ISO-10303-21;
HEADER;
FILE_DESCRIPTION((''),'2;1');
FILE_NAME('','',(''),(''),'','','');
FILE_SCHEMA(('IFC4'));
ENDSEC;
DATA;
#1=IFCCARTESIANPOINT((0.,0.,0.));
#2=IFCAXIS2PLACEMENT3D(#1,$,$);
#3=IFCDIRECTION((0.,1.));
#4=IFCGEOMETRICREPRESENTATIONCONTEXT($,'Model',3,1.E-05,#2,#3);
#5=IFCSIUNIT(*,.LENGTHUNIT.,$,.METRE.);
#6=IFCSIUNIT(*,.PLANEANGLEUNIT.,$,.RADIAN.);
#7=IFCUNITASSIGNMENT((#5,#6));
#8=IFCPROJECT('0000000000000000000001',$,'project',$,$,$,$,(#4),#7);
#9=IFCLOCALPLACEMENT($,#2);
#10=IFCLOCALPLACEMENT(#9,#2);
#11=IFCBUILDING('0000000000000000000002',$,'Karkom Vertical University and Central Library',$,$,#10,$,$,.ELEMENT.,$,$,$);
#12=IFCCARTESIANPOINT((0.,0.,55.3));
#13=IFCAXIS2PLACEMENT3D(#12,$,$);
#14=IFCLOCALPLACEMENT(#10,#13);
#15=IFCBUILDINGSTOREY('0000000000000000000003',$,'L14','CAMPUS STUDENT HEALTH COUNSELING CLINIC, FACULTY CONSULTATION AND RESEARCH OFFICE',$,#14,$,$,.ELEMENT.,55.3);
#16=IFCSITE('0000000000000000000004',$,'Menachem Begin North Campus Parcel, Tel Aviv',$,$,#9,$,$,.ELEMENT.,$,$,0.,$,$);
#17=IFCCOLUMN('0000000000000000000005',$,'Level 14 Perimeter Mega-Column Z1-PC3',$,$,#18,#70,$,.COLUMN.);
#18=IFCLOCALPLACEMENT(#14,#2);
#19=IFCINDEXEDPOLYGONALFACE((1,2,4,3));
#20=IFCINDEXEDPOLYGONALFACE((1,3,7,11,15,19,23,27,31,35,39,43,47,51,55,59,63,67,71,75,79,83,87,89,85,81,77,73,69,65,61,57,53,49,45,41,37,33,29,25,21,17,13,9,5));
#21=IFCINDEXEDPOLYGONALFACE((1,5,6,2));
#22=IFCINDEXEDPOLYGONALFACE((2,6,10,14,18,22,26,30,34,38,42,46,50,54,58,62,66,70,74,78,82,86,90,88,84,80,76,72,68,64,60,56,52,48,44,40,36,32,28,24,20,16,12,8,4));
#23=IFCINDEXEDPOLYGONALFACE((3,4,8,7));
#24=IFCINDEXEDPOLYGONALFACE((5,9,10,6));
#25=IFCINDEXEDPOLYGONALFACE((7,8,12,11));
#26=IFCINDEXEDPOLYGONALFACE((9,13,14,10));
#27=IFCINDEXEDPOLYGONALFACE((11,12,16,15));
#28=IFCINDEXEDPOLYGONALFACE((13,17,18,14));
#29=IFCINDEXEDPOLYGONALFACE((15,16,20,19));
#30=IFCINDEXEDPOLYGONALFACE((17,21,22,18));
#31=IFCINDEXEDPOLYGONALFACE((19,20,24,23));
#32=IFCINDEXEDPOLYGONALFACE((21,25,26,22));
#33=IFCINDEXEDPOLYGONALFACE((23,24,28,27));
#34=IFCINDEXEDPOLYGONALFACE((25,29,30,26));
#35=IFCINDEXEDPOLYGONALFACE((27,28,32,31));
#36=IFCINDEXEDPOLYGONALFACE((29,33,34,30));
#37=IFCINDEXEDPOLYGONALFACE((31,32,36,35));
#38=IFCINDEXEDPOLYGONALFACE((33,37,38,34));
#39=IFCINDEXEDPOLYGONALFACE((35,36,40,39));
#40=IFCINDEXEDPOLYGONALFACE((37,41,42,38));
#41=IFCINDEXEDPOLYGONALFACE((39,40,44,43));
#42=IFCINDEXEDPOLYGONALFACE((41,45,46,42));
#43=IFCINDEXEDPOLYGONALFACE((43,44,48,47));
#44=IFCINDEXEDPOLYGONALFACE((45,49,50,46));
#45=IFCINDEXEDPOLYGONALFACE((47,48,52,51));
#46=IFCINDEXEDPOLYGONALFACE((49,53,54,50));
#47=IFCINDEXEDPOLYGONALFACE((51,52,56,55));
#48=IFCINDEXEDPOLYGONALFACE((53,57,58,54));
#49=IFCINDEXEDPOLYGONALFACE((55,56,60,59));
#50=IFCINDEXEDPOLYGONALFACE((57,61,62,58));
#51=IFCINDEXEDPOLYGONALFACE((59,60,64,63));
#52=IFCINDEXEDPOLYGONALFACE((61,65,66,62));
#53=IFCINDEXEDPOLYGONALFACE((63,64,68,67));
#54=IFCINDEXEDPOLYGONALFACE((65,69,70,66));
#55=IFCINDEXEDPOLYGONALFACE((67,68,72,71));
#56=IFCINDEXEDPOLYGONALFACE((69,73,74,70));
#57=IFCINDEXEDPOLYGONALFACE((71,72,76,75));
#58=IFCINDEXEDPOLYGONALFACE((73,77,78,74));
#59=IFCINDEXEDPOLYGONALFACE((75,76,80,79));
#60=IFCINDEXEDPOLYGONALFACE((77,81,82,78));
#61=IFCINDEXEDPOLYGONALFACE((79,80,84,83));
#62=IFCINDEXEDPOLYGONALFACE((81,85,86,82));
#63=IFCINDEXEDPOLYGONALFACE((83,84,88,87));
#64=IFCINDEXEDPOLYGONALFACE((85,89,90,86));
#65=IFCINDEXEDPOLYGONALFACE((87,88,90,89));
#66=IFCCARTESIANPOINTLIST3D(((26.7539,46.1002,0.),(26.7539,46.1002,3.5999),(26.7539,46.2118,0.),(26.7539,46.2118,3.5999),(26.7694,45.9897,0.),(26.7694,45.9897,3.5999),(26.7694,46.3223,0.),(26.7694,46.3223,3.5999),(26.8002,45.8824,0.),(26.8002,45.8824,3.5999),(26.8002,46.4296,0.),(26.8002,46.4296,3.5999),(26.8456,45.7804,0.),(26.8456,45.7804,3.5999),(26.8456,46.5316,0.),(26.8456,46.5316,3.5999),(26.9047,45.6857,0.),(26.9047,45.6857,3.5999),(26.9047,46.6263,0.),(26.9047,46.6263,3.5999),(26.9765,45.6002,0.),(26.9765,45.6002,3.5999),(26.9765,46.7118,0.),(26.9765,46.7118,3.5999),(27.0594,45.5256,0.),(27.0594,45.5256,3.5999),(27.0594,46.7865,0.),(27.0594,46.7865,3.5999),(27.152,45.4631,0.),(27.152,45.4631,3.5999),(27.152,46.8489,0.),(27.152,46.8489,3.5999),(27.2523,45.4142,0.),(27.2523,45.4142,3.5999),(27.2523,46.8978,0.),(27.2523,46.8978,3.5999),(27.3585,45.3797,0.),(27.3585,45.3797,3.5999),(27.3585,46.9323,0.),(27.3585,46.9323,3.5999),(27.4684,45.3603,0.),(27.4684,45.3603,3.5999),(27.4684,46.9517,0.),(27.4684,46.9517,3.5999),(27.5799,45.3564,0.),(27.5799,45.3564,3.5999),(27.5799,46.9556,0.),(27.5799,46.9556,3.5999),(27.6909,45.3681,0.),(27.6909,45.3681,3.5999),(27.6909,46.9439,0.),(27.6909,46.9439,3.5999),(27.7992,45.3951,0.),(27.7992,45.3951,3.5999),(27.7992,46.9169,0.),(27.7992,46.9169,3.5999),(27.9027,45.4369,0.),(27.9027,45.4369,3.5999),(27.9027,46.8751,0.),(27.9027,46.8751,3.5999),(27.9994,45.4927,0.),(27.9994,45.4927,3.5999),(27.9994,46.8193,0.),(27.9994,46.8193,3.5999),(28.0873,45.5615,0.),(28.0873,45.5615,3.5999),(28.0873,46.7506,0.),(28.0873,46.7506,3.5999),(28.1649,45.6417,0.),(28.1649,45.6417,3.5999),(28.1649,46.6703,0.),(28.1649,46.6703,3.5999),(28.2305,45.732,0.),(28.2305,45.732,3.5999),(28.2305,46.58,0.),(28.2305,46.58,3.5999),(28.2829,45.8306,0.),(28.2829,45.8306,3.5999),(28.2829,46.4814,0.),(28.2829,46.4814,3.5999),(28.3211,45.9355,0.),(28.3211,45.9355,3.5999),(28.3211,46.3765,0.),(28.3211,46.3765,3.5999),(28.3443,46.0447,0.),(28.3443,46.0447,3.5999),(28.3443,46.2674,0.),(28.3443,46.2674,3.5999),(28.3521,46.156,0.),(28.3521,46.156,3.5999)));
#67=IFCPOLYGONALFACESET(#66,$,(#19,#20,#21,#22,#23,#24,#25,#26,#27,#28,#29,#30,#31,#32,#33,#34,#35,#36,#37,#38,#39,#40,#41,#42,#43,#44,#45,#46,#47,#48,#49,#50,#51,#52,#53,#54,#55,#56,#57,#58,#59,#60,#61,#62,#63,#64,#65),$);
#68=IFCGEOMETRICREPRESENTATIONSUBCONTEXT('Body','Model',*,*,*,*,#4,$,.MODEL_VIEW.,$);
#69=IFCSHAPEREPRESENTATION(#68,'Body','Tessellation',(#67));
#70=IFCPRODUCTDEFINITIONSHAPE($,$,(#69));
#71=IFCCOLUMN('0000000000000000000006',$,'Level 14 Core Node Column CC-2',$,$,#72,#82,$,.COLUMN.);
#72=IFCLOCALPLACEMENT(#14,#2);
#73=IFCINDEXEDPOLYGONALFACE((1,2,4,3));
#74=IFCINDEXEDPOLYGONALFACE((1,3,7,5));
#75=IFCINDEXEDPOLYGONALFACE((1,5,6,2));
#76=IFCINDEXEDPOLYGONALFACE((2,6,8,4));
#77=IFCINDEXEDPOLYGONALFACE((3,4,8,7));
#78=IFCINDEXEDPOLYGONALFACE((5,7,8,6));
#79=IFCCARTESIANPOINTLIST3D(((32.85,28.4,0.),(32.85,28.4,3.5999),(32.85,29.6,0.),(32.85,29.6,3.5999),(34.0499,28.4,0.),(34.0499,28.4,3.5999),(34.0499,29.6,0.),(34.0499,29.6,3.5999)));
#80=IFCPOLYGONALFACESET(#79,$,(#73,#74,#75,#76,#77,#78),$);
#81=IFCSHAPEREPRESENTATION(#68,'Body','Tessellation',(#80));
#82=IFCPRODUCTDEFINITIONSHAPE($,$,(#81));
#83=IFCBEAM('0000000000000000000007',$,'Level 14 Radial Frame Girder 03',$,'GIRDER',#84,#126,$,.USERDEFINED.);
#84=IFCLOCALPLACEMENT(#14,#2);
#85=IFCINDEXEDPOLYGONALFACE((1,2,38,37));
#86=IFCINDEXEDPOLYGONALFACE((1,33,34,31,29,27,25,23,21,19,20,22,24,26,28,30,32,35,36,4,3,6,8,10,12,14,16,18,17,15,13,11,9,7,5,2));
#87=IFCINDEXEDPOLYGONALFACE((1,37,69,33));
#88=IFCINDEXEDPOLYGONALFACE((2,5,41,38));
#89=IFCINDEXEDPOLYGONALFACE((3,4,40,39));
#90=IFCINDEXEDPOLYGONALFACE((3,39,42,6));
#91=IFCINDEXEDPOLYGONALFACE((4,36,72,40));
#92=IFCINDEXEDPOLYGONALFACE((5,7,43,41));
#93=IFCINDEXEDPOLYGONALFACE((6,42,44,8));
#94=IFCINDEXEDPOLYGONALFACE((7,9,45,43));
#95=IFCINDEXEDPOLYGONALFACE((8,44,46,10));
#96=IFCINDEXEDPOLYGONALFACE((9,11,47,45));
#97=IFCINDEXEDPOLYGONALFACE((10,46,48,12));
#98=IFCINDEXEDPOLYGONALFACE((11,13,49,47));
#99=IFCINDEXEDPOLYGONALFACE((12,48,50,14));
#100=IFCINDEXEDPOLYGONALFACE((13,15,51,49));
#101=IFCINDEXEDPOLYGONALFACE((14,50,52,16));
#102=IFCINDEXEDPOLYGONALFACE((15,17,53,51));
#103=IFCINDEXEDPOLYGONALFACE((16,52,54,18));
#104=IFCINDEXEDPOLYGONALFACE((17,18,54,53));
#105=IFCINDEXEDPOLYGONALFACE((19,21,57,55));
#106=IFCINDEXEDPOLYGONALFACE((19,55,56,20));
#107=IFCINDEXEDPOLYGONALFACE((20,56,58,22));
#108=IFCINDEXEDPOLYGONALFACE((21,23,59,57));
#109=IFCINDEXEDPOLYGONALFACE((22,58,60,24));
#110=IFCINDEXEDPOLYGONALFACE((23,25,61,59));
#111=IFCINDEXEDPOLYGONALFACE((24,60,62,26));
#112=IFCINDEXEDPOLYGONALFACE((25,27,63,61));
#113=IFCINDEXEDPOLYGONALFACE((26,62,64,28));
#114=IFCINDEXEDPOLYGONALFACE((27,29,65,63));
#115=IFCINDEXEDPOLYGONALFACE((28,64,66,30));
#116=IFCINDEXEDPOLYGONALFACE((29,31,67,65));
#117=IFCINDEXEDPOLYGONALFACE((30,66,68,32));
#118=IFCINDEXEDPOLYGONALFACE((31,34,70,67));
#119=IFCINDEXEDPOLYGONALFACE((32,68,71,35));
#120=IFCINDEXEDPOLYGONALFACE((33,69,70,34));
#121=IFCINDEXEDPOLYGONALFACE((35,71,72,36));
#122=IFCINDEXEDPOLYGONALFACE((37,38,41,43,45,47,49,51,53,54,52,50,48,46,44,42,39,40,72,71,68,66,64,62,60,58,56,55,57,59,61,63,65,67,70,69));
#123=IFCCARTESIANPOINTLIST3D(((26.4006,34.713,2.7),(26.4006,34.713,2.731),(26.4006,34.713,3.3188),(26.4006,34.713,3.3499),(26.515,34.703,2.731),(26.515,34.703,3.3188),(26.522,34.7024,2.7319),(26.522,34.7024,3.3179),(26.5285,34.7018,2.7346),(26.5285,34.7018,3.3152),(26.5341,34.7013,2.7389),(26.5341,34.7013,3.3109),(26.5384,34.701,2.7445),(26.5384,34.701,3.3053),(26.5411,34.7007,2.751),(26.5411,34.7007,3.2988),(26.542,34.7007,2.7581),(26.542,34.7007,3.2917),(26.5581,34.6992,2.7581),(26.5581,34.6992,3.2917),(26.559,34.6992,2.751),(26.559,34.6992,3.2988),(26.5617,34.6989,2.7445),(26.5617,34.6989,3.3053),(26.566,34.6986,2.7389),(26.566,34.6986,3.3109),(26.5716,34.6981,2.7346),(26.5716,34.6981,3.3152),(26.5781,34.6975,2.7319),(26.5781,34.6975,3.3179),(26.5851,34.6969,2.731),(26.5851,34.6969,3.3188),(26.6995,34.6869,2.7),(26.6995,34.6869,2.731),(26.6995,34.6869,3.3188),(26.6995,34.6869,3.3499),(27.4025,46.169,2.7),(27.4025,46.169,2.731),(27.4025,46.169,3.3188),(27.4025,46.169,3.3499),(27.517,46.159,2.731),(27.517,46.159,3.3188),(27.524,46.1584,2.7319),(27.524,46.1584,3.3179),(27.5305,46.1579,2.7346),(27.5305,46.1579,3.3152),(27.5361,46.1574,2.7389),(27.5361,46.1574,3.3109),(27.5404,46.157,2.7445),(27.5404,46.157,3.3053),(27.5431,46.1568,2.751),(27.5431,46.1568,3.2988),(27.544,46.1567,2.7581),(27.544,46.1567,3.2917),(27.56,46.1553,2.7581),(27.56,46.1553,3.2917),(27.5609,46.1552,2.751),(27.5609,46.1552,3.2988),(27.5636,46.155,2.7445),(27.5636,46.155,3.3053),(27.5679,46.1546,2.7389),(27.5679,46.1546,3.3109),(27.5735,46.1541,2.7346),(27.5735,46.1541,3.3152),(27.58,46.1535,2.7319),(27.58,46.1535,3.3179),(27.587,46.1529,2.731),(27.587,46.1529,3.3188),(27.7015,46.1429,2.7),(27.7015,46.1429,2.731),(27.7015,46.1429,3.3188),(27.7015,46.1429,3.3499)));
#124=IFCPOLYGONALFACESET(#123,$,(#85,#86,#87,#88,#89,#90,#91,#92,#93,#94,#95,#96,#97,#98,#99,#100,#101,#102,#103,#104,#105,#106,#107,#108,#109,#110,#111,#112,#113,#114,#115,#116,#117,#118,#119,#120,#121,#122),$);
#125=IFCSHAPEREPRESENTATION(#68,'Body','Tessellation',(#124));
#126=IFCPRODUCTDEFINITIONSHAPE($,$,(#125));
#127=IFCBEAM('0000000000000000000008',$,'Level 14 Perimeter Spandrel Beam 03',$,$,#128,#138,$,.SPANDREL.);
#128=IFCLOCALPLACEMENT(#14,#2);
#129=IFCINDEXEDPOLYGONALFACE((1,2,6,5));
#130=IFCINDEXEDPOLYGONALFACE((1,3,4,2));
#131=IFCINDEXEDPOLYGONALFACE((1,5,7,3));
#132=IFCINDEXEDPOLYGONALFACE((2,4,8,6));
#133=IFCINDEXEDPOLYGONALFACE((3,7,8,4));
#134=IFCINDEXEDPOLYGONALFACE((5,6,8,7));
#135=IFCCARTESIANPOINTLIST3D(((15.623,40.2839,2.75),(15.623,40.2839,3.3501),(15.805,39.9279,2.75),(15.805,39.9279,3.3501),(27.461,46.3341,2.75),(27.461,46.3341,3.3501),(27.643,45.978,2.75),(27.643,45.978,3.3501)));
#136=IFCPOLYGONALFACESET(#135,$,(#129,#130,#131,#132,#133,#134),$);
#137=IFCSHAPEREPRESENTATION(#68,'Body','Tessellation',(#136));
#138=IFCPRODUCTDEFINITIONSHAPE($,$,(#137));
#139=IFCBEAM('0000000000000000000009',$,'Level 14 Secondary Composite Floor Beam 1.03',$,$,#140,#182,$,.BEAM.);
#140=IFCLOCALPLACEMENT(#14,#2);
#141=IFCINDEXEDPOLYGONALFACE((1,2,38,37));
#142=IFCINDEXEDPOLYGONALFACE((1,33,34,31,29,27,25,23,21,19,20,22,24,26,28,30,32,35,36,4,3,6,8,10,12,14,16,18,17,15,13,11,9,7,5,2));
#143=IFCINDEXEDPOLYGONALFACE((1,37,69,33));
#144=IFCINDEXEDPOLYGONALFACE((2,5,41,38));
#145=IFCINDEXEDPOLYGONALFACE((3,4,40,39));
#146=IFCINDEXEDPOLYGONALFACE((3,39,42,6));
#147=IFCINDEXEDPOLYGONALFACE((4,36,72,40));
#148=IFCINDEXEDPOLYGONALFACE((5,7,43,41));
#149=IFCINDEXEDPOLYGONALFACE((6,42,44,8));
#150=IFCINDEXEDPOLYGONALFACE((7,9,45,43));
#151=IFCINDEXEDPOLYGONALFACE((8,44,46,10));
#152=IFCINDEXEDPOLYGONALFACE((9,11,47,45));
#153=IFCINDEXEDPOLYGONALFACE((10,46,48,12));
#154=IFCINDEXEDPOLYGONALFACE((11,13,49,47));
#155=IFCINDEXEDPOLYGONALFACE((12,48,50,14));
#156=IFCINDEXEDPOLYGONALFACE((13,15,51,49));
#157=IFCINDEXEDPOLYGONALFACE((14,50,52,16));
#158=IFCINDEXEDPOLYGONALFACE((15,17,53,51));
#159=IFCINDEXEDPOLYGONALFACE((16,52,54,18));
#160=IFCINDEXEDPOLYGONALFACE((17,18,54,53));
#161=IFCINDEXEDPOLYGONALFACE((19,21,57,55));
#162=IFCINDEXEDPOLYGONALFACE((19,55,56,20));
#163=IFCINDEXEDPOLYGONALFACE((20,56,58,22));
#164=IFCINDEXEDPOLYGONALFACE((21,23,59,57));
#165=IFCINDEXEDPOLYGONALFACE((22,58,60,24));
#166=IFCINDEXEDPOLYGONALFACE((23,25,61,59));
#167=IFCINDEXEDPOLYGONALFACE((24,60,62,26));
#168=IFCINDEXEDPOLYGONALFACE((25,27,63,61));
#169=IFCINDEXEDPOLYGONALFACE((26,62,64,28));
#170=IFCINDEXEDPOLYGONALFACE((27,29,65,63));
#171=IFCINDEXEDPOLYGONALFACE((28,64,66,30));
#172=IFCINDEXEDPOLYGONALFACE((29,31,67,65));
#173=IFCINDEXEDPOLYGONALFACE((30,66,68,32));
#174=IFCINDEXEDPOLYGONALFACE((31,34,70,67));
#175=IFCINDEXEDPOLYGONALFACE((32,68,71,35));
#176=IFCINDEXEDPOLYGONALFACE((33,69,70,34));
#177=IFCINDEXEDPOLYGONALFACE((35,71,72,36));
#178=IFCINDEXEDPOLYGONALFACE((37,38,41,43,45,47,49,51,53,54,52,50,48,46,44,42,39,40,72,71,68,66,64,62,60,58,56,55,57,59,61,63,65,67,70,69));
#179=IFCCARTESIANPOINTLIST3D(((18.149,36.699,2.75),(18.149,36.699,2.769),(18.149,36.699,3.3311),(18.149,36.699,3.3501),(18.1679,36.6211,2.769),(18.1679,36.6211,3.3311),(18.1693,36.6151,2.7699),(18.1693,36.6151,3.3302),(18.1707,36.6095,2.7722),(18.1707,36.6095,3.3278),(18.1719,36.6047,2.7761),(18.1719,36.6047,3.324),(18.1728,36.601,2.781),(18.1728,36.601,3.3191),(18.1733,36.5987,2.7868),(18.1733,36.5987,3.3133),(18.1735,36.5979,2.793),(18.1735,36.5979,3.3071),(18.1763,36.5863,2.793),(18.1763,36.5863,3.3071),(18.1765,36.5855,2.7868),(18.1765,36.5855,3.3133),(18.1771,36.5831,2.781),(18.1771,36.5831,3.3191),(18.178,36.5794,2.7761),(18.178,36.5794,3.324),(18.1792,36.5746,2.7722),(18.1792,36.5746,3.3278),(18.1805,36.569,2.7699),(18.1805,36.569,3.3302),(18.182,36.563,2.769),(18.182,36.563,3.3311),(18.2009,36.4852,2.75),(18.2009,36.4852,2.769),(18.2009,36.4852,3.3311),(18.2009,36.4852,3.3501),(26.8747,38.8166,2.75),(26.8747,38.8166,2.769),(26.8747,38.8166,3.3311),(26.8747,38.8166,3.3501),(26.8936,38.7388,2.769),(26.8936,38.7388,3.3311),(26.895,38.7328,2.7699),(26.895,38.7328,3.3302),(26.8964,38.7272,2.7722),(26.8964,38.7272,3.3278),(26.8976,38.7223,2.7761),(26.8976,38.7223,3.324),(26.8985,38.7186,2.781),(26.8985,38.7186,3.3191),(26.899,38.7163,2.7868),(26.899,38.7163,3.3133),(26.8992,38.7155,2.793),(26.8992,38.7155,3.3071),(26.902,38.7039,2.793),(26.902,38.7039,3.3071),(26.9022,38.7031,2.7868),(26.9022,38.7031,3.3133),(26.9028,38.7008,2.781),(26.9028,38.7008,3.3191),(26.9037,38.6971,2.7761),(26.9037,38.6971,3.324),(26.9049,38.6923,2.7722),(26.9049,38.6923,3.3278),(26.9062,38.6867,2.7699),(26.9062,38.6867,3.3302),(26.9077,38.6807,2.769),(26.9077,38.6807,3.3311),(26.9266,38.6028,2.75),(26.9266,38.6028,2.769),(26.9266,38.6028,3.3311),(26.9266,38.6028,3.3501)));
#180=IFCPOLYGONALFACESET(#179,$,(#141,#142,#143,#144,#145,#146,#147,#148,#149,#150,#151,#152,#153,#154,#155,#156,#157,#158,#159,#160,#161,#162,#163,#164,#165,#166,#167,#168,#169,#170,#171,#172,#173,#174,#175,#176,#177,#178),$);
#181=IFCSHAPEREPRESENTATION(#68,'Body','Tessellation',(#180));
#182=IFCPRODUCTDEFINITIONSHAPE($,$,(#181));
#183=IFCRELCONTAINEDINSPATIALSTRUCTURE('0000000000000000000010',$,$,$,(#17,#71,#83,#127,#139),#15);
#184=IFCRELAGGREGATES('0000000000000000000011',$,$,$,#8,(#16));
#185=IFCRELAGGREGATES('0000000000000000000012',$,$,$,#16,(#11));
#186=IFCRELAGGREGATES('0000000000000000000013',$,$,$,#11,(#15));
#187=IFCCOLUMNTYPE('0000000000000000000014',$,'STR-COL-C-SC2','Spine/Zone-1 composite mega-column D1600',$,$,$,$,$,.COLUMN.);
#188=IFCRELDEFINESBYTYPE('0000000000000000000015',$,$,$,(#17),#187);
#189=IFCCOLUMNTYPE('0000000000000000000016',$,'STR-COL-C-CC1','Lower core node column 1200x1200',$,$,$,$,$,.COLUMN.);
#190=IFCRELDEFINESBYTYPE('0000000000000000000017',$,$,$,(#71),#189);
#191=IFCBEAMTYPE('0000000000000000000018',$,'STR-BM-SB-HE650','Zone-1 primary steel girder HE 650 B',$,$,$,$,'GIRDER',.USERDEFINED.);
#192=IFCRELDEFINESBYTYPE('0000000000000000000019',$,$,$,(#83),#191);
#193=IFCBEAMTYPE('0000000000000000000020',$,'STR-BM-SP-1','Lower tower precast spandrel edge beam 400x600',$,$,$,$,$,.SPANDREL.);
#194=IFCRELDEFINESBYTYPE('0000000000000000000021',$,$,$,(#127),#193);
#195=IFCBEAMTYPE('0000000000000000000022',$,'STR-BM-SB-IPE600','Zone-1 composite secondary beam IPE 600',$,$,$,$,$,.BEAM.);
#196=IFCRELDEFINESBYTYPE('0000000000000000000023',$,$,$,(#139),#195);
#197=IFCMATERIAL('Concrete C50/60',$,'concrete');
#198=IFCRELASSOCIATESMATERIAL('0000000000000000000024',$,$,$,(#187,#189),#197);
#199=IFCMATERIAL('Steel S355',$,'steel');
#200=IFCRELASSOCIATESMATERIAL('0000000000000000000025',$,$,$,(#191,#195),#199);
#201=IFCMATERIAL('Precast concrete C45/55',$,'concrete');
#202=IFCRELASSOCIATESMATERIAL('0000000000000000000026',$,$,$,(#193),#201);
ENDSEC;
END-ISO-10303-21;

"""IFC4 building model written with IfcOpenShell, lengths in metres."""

from ifc_helpers import new_model, si_unit, direction, frame, origin, origin_with_axes, origin_2d, place, context, subcontext, project, spatial, rectangle, circle, i_section, extrude, source, transform, mapped, material, material_profile, profile_set, type_object, element, save


model = new_model("IFC4")

# Units and contexts
model_context = context("Model", 3, precision=1e-05, world=origin(), true_north=direction((0.0, 1.0)))
body_context = subcontext(model_context, "Body", "Model", "MODEL_VIEW")
ifc_project = project(units=[si_unit("LENGTHUNIT", "METRE"), si_unit("PLANEANGLEUNIT", "RADIAN")], contexts=[model_context])

# Site, building, storey
site_placement = place(None, origin())
site = spatial("IfcSite", under=ifc_project, at=site_placement, Name="Menachem Begin North Campus Parcel, Tel Aviv", CompositionType="ELEMENT", RefElevation=0.0)
building_placement = place(site_placement, origin())
building = spatial("IfcBuilding", under=site, at=building_placement, Name="Karkom Vertical University and Central Library", CompositionType="ELEMENT")
storey_placement = place(building_placement, frame((0.0, 0.0, 55.3)))
storey = spatial("IfcBuildingStorey", under=building, at=storey_placement, Name="L14", Description="CAMPUS STUDENT HEALTH COUNSELING CLINIC, FACULTY CONSULTATION AND RESEARCH OFFICE", CompositionType="ELEMENT", Elevation=55.3)

# Columns
ifc_material_1 = material(Name="Concrete C50/60", Category="concrete")
ifc_material_profile_1 = material_profile(ifc_material_1, circle(Radius=0.8, at=origin_2d()), Name="CFT-D1600")
ifc_profile_set_1 = profile_set([ifc_material_profile_1], Name="Concrete C50/60")
column_type_1 = type_object("IfcColumnType", Name="STR-COL-C-SC2", Description="Spine/Zone-1 composite mega-column D1600", PredefinedType="COLUMN", material=ifc_profile_set_1)
shared_shape_1 = source(origin_with_axes(), body_context, "Body", "SweptSolid", [
    extrude(circle(Radius=0.8, at=origin_2d()), origin(), (0.0, 0.0, 1.0), 3.5999),
])
column_1_placement = place(storey_placement, frame((27.552, 46.156, 0.0), z_axis=(0.0, 0.0, 1.0), x_axis=(1.0, 0.0, 0.0)))
element("IfcColumn", 1, at=column_1_placement, inside=storey, type_object=column_type_1, Name="Level 14 Perimeter Mega-Column Z1-PC3", PredefinedType="COLUMN", context=body_context, shape_type="MappedRepresentation", body=[
    mapped(shared_shape_1, transform((0.0, 0.0, 0.0), scale=1.0)),
])
ifc_material_profile_2 = material_profile(ifc_material_1, rectangle(XDim=1.2, YDim=1.2, at=origin_2d()), Name="RC-1200x1200")
ifc_profile_set_2 = profile_set([ifc_material_profile_2], Name="Concrete C50/60")
column_type_2 = type_object("IfcColumnType", Name="STR-COL-C-CC1", Description="Lower core node column 1200x1200", PredefinedType="COLUMN", material=ifc_profile_set_2)
shared_shape_2 = source(origin_with_axes(), body_context, "Body", "SweptSolid", [
    extrude(rectangle(XDim=1.2, YDim=1.2, at=origin_2d()), origin(), (0.0, 0.0, 1.0), 3.5999),
])
column_2_placement = place(storey_placement, frame((33.45, 29.0, 0.0), z_axis=(0.0, 0.0, 1.0), x_axis=(1.0, 0.0, 0.0)))
element("IfcColumn", 2, at=column_2_placement, inside=storey, type_object=column_type_2, Name="Level 14 Core Node Column CC-2", PredefinedType="COLUMN", context=body_context, shape_type="MappedRepresentation", body=[
    mapped(shared_shape_2, transform((0.0, 0.0, 0.0), scale=1.0)),
])

# Beams
ifc_material_2 = material(Name="Steel S355", Category="steel")
ifc_material_profile_3 = material_profile(ifc_material_2, i_section(OverallWidth=0.3, OverallDepth=0.6499, WebThickness=0.0161, FlangeThickness=0.031, FilletRadius=0.0271, at=origin_2d()), Name="HE 650 B")
ifc_profile_set_3 = profile_set([ifc_material_profile_3], Name="Steel S355")
beam_type_1 = type_object("IfcBeamType", Name="STR-BM-SB-HE650", Description="Zone-1 primary steel girder HE 650 B", ElementType="GIRDER", PredefinedType="USERDEFINED", material=ifc_profile_set_3)
shared_shape_3 = source(origin_with_axes(), body_context, "Body", "SweptSolid", [
    extrude(i_section(OverallWidth=0.3, OverallDepth=0.6499, WebThickness=0.0161, FlangeThickness=0.031, FilletRadius=0.0271, at=origin_2d()), origin(), (0.0, 0.0, 1.0), 11.4998),
])
beam_1_placement = place(storey_placement, frame((26.55, 34.7, 3.0249), z_axis=(0.087128, 0.996197, 0.0), x_axis=(-0.996197, 0.087128, 0.0)))
element("IfcBeam", 3, at=beam_1_placement, inside=storey, type_object=beam_type_1, Name="Level 14 Radial Frame Girder 03", ObjectType="GIRDER", PredefinedType="USERDEFINED", context=body_context, shape_type="MappedRepresentation", body=[
    mapped(shared_shape_3, transform((0.0, 0.0, 0.0), scale=1.0)),
])
ifc_material_3 = material(Name="Precast concrete C45/55", Category="concrete")
ifc_material_profile_4 = material_profile(ifc_material_3, rectangle(XDim=0.3999, YDim=0.6001, at=origin_2d()), Name="SPB-400x600")
ifc_profile_set_4 = profile_set([ifc_material_profile_4], Name="Precast concrete C45/55")
beam_type_2 = type_object("IfcBeamType", Name="STR-BM-SP-1", Description="Lower tower precast spandrel edge beam 400x600", PredefinedType="SPANDREL", material=ifc_profile_set_4)
shared_shape_4 = source(origin_with_axes(), body_context, "Body", "SweptSolid", [
    extrude(rectangle(XDim=0.3999, YDim=0.6001, at=origin_2d()), origin(), (0.0, 0.0, 1.0), 13.2944),
])
beam_2_placement = place(storey_placement, frame((27.552, 46.156, 3.05), z_axis=(-0.890448, -0.455085, 0.0), x_axis=(0.455085, -0.890448, 0.0)))
element("IfcBeam", 4, at=beam_2_placement, inside=storey, type_object=beam_type_2, Name="Level 14 Perimeter Spandrel Beam 03", PredefinedType="SPANDREL", context=body_context, shape_type="MappedRepresentation", body=[
    mapped(shared_shape_4, transform((0.0, 0.0, 0.0), scale=1.0)),
])
ifc_material_profile_5 = material_profile(ifc_material_2, i_section(OverallWidth=0.22, OverallDepth=0.6001, WebThickness=0.012, FlangeThickness=0.019, FilletRadius=0.0239, at=origin_2d()), Name="IPE 600")
ifc_profile_set_5 = profile_set([ifc_material_profile_5], Name="Steel S355")
beam_type_3 = type_object("IfcBeamType", Name="STR-BM-SB-IPE600", Description="Zone-1 composite secondary beam IPE 600", PredefinedType="BEAM", material=ifc_profile_set_5)
shared_shape_5 = source(origin_with_axes(), body_context, "Body", "SweptSolid", [
    extrude(i_section(OverallWidth=0.22, OverallDepth=0.6001, WebThickness=0.012, FlangeThickness=0.019, FilletRadius=0.0239, at=origin_2d()), origin(), (0.0, 0.0, 1.0), 8.979),
])
beam_3_placement = place(storey_placement, frame((26.9006, 38.7097, 3.05), z_axis=(-0.971791, -0.235844, 0.0), x_axis=(0.235844, -0.971791, 0.0)))
element("IfcBeam", 5, at=beam_3_placement, inside=storey, type_object=beam_type_3, Name="Level 14 Secondary Composite Floor Beam 1.03", PredefinedType="BEAM", context=body_context, shape_type="MappedRepresentation", body=[
    mapped(shared_shape_5, transform((0.0, 0.0, 0.0), scale=1.0)),
])

save(model, "model.ifc")
